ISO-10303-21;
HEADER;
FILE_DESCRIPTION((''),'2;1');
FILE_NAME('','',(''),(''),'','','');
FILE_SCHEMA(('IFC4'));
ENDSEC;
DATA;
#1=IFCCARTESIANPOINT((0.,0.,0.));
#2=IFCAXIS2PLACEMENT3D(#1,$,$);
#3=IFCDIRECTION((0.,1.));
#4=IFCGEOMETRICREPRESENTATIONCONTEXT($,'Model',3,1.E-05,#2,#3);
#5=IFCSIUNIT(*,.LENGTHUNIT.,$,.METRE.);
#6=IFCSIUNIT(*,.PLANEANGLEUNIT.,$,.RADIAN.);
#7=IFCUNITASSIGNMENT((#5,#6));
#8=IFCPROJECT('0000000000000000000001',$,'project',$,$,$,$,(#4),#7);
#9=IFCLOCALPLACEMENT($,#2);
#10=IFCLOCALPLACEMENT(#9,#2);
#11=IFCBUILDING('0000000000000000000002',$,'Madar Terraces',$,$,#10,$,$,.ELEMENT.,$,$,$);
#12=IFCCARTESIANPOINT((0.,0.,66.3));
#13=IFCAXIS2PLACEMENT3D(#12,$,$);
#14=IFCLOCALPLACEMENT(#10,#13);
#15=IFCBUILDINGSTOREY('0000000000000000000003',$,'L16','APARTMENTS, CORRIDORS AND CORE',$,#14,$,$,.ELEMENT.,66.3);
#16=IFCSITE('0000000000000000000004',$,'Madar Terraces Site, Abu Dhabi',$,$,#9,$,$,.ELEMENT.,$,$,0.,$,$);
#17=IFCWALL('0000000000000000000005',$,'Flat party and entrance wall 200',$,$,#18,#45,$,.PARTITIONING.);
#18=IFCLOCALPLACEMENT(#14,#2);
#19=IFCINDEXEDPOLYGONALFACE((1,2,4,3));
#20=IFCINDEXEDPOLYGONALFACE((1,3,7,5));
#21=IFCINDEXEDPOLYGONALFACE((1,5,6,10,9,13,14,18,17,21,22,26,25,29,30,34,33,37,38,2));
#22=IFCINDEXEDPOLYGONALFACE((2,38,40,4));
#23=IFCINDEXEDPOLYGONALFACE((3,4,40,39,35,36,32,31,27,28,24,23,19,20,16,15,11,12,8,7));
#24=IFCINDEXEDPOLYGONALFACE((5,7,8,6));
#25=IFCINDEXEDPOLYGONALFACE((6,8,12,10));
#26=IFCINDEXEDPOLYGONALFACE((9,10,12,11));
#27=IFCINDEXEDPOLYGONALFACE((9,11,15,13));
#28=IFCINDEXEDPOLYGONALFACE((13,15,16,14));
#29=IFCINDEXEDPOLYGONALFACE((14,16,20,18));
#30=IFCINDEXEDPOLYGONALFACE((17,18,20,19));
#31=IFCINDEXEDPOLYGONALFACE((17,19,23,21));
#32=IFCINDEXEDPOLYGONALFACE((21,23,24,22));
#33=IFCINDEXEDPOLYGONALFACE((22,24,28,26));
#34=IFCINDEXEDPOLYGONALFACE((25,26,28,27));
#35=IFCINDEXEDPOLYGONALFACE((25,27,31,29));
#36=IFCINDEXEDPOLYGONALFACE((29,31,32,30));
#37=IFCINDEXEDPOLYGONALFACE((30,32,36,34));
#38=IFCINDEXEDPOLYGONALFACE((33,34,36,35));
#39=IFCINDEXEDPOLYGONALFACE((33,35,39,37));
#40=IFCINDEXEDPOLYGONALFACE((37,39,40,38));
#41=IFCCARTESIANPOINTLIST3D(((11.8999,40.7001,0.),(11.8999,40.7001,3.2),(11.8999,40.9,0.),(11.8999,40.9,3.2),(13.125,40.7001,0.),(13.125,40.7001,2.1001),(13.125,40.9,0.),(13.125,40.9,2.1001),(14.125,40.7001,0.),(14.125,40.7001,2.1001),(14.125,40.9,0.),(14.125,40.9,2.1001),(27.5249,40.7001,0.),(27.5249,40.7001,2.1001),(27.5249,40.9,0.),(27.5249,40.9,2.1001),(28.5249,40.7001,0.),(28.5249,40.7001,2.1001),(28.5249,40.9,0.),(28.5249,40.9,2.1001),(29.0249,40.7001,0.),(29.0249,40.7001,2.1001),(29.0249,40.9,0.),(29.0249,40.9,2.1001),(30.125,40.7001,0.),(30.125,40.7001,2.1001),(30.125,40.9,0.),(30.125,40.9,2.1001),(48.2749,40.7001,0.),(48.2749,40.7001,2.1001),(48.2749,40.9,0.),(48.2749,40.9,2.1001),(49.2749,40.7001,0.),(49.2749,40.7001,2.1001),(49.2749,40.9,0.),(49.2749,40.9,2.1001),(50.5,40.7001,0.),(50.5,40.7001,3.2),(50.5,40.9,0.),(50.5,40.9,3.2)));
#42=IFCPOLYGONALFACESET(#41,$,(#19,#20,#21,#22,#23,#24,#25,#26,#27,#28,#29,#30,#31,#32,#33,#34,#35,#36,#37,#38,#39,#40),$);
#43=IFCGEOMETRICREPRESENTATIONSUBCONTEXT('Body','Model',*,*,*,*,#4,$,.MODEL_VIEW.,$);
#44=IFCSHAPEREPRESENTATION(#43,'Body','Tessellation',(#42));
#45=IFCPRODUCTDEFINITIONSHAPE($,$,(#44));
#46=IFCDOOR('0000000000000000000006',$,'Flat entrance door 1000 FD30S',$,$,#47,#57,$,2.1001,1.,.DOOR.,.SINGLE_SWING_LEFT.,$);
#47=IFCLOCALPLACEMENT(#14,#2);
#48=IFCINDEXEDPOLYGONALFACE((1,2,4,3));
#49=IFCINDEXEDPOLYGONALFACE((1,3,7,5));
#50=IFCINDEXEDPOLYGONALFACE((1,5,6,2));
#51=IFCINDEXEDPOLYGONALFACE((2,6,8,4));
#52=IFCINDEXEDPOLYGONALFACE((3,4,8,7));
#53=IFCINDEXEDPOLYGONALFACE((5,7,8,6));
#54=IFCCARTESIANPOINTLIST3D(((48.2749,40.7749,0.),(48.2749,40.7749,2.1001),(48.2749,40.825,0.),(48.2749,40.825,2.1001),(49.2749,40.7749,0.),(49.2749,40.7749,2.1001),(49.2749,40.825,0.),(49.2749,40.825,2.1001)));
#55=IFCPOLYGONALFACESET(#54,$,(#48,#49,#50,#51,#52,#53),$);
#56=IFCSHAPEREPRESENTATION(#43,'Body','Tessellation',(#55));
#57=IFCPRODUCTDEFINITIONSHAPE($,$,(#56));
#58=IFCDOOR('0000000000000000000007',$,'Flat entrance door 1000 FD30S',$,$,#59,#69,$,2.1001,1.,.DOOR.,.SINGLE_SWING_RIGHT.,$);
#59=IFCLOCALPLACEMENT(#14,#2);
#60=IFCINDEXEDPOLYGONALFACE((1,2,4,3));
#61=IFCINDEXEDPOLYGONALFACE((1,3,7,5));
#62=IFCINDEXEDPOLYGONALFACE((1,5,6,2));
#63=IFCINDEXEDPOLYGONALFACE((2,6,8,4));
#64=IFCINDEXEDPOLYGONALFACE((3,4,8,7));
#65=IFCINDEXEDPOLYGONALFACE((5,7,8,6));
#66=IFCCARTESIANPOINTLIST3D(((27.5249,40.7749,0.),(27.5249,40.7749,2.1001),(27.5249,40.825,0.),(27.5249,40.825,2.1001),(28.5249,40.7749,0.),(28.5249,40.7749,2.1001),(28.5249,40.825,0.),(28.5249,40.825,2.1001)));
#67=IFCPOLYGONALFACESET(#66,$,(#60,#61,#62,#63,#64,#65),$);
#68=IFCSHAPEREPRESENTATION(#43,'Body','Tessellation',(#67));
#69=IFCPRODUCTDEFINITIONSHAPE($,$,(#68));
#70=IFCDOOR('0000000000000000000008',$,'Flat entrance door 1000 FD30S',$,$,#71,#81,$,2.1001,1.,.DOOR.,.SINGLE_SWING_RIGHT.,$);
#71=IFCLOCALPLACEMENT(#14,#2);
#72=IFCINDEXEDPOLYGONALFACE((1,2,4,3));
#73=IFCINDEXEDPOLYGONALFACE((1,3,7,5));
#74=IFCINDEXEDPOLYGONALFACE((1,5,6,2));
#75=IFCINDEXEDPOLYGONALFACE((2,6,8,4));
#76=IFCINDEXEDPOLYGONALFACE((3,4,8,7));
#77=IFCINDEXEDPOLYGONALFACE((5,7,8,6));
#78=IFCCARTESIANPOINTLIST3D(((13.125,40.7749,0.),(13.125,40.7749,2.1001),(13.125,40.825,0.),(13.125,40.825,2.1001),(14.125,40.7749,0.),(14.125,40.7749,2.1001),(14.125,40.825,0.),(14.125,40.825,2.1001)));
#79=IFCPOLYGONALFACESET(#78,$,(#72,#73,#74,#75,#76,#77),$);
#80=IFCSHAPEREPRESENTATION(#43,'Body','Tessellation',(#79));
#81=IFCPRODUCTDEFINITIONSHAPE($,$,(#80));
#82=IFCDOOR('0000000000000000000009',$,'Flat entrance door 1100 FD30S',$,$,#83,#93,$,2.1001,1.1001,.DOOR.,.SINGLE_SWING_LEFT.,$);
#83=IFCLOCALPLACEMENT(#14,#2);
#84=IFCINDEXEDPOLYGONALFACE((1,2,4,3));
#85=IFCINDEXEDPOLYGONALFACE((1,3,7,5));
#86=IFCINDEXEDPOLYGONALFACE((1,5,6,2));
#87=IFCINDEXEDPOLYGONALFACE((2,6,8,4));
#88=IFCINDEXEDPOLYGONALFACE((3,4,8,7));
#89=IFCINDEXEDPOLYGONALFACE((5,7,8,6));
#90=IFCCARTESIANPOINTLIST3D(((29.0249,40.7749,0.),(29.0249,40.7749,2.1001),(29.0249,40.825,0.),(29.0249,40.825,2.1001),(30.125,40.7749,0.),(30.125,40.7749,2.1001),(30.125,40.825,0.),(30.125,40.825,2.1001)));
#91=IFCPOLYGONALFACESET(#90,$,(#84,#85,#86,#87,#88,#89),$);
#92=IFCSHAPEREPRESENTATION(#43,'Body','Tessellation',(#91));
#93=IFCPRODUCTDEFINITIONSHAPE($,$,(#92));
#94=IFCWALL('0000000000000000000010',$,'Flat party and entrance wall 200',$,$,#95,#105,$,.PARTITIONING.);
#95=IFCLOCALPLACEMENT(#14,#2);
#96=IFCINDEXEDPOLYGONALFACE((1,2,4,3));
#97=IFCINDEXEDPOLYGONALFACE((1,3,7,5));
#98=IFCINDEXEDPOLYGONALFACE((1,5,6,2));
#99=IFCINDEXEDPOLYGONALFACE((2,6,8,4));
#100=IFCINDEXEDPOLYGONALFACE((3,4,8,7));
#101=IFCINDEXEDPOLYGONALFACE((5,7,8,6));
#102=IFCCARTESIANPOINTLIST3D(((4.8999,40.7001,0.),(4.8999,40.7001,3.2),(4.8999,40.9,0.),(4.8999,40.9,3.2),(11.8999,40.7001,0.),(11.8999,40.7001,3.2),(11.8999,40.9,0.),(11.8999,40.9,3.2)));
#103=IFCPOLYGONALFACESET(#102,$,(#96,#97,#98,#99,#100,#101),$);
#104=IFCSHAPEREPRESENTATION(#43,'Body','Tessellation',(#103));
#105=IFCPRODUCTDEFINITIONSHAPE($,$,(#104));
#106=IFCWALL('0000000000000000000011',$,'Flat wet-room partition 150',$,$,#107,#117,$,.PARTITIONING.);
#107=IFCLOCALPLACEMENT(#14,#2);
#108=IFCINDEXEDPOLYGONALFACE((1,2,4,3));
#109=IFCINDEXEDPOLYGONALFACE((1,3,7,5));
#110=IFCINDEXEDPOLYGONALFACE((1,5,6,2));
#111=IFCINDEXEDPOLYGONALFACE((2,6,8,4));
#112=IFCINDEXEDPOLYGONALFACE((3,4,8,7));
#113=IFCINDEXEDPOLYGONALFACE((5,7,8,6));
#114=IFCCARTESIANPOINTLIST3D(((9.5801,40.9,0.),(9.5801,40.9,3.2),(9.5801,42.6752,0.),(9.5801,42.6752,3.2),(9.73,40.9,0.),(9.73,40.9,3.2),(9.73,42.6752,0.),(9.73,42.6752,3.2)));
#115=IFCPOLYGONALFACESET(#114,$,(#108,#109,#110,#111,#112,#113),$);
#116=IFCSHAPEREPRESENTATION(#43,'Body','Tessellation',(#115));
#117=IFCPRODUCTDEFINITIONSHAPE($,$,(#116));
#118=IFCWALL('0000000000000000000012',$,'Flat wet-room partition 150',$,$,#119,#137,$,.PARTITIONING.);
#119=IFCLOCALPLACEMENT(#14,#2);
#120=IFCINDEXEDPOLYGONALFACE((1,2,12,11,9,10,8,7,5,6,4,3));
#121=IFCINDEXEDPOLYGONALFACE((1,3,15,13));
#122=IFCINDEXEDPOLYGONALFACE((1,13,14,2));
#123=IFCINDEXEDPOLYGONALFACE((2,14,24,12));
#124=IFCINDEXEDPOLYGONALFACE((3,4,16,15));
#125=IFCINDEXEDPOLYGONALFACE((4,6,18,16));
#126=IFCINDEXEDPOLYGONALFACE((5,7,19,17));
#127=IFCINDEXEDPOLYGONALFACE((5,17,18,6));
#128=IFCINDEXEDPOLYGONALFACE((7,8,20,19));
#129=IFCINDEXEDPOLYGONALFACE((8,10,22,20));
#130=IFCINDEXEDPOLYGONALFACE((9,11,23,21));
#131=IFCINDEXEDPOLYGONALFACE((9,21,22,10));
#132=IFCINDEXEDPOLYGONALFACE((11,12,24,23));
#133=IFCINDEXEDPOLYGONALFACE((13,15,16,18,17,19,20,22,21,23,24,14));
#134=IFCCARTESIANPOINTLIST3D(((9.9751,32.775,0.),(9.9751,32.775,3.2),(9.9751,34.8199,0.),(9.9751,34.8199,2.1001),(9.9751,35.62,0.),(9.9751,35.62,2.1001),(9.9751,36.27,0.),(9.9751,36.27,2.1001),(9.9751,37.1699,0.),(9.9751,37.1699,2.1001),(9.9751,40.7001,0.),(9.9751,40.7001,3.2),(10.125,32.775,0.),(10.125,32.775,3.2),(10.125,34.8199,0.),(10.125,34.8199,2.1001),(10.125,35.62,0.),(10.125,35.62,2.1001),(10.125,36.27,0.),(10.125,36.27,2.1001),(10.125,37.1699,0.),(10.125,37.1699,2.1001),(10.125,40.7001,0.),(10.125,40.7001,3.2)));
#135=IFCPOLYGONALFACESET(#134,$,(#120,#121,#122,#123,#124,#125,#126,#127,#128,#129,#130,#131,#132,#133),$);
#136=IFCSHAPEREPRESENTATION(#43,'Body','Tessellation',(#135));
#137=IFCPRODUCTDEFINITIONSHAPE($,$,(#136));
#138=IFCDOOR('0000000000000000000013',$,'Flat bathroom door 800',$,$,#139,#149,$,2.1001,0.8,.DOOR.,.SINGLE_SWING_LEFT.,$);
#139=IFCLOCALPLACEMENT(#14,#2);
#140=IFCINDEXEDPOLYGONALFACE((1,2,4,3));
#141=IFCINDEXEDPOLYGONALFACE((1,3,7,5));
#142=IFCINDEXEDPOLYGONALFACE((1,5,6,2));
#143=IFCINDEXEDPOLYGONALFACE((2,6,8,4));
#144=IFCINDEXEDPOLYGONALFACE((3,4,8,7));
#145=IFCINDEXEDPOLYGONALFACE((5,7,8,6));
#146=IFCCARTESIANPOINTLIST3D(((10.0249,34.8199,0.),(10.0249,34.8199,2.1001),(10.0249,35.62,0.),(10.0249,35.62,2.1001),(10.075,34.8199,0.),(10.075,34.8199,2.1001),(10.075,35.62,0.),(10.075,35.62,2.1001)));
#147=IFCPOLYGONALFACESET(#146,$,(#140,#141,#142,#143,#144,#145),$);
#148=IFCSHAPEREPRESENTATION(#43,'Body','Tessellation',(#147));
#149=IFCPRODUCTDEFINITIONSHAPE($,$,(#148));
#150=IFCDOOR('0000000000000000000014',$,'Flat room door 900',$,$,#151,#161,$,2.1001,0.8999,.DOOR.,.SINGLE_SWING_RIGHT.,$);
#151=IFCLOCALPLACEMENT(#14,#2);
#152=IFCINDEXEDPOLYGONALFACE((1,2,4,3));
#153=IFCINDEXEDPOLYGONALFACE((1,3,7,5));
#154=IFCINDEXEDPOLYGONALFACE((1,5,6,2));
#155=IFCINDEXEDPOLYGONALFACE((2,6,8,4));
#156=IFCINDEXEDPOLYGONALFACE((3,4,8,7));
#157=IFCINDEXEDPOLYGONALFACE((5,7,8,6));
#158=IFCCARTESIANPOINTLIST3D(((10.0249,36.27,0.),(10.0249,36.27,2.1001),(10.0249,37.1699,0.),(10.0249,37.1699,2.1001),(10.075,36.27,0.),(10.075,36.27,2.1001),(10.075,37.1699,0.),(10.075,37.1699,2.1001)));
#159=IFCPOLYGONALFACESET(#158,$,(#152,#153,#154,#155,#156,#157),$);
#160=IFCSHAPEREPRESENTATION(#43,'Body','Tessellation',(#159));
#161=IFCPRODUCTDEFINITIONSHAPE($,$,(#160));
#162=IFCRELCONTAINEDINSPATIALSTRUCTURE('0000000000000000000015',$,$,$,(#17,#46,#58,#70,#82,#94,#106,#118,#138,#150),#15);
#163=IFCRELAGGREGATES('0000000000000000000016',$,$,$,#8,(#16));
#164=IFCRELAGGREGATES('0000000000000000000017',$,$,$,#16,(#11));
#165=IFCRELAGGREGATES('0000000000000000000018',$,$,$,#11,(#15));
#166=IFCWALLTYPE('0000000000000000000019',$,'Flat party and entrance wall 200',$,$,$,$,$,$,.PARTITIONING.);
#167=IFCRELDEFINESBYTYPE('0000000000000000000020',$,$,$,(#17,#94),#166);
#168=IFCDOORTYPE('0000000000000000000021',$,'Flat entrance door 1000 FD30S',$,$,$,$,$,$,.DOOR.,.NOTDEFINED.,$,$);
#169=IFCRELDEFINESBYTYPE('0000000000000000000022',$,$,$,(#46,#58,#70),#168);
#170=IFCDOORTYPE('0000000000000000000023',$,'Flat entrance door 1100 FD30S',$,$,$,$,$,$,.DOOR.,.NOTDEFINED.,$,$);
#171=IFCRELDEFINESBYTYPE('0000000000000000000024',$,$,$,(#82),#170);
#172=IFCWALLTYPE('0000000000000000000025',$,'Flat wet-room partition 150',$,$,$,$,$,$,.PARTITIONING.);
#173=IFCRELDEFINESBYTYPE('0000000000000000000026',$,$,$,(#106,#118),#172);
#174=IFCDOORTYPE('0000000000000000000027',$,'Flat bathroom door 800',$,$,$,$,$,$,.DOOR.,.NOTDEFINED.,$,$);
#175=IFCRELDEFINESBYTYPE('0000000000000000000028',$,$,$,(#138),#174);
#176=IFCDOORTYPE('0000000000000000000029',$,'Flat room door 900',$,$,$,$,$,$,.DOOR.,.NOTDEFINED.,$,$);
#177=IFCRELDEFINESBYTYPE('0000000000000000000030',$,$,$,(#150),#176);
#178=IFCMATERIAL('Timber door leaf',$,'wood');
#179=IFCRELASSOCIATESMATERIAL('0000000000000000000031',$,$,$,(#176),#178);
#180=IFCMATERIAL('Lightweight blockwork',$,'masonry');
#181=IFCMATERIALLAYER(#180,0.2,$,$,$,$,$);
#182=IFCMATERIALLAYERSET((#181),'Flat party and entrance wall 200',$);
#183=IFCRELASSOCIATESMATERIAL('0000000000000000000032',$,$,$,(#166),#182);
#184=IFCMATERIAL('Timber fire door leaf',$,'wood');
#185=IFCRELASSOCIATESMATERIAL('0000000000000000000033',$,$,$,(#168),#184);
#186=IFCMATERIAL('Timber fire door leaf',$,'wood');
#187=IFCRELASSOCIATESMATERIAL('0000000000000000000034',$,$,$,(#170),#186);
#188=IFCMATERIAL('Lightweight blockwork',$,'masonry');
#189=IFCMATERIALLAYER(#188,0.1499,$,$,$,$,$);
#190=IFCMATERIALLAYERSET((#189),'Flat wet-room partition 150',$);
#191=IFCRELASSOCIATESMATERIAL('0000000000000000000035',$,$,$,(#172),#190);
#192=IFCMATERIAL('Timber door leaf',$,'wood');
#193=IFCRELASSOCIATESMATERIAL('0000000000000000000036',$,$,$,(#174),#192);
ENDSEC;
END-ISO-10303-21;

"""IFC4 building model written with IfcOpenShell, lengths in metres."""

from ifc_helpers import new_model, si_unit, direction, frame, frame_2d, origin, place, context, subcontext, project, spatial, rectangle, extrude, material, layer, layer_set, type_object, element, fill, save


model = new_model("IFC4")

# Units and contexts
model_context = context("Model", 3, precision=1e-05, world=origin(), true_north=direction((0.0, 1.0)))
body_context = subcontext(model_context, "Body", "Model", "MODEL_VIEW")
ifc_project = project(units=[si_unit("LENGTHUNIT", "METRE"), si_unit("PLANEANGLEUNIT", "RADIAN")], contexts=[model_context])

# Site, building, storey
site_placement = place(None, origin())
site = spatial("IfcSite", under=ifc_project, at=site_placement, Name="Madar Terraces Site, Abu Dhabi", CompositionType="ELEMENT", RefElevation=0.0)
building_placement = place(site_placement, origin())
building = spatial("IfcBuilding", under=site, at=building_placement, Name="Madar Terraces", CompositionType="ELEMENT")
storey_placement = place(building_placement, frame((0.0, 0.0, 66.3)))
storey = spatial("IfcBuildingStorey", under=building, at=storey_placement, Name="L16", Description="APARTMENTS, CORRIDORS AND CORE", CompositionType="ELEMENT", Elevation=66.3)

# Wall, openings, doors
ifc_material_1 = material(Name="Timber door leaf", Category="wood")
door_type_1 = type_object("IfcDoorType", Name="Flat room door 900", OperationType="NOTDEFINED", PredefinedType="DOOR", material=ifc_material_1)
ifc_material_2 = material(Name="Lightweight blockwork", Category="masonry")
ifc_layer_1 = layer(ifc_material_2, 0.2)
ifc_layer_set_1 = layer_set([ifc_layer_1], Name="Flat party and entrance wall 200")
wall_type_1 = type_object("IfcWallType", Name="Flat party and entrance wall 200", PredefinedType="PARTITIONING", material=ifc_layer_set_1)
wall_1_placement = place(storey_placement, frame((11.8999, 40.8, 0.0), z_axis=(0.0, 0.0, 1.0), x_axis=(1.0, 0.0, 0.0)))
wall_1 = element("IfcWall", 1, at=wall_1_placement, inside=storey, type_object=wall_type_1, Name="Flat party and entrance wall 200", PredefinedType="PARTITIONING", context=body_context, shape_type="SweptSolid", body=[
    extrude(rectangle(XDim=38.6001, YDim=0.2, at=frame_2d((19.3, 0.0))), origin(), (0.0, 0.0, 1.0), 3.2),
])
opening_1_placement = place(wall_1_placement, frame((36.375, 0.0, 0.0)))
opening_1 = element("IfcOpeningElement", 2, at=opening_1_placement, cuts=wall_1, PredefinedType="OPENING", context=body_context, shape_type="SweptSolid", body=[
    extrude(rectangle(XDim=1.0, YDim=2.1001, at=frame_2d((0.5, 1.05))), frame((0.0, 0.1099, 0.0), z_axis=(0.0, -1.0, 0.0), x_axis=(1.0, 0.0, 0.0)), (0.0, 0.0, 1.0), 0.22),
])
opening_2_placement = place(wall_1_placement, frame((17.125, 0.0, 0.0)))
opening_2 = element("IfcOpeningElement", 3, at=opening_2_placement, cuts=wall_1, PredefinedType="OPENING", context=body_context, shape_type="SweptSolid", body=[
    extrude(rectangle(XDim=1.1001, YDim=2.1001, at=frame_2d((0.55, 1.05))), frame((0.0, 0.1099, 0.0), z_axis=(0.0, -1.0, 0.0), x_axis=(1.0, 0.0, 0.0)), (0.0, 0.0, 1.0), 0.22),
])
opening_3_placement = place(wall_1_placement, frame((15.625, 0.0, 0.0)))
opening_3 = element("IfcOpeningElement", 4, at=opening_3_placement, cuts=wall_1, PredefinedType="OPENING", context=body_context, shape_type="SweptSolid", body=[
    extrude(rectangle(XDim=1.0, YDim=2.1001, at=frame_2d((0.5, 1.05))), frame((0.0, 0.1099, 0.0), z_axis=(0.0, -1.0, 0.0), x_axis=(1.0, 0.0, 0.0)), (0.0, 0.0, 1.0), 0.22),
])
opening_4_placement = place(wall_1_placement, frame((1.2251, 0.0, 0.0)))
opening_4 = element("IfcOpeningElement", 5, at=opening_4_placement, cuts=wall_1, PredefinedType="OPENING", context=body_context, shape_type="SweptSolid", body=[
    extrude(rectangle(XDim=1.0, YDim=2.1001, at=frame_2d((0.5, 1.05))), frame((0.0, 0.1099, 0.0), z_axis=(0.0, -1.0, 0.0), x_axis=(1.0, 0.0, 0.0)), (0.0, 0.0, 1.0), 0.22),
])
ifc_material_3 = material(Name="Timber fire door leaf", Category="wood")
door_type_2 = type_object("IfcDoorType", Name="Flat entrance door 1000 FD30S", OperationType="NOTDEFINED", PredefinedType="DOOR", material=ifc_material_3)
door_1_placement = place(opening_1_placement, origin())
door_1 = element("IfcDoor", 6, at=door_1_placement, inside=storey, type_object=door_type_2, Name="Flat entrance door 1000 FD30S", OperationType="SINGLE_SWING_LEFT", OverallHeight=2.1001, OverallWidth=1.0, PredefinedType="DOOR", context=body_context, shape_type="SweptSolid", body=[
    extrude(rectangle(XDim=1.0, YDim=2.1001, at=frame_2d((0.5, 1.05))), frame((0.0, 0.0249, 0.0), z_axis=(0.0, -1.0, 0.0), x_axis=(1.0, 0.0, 0.0)), (0.0, 0.0, 1.0), 0.05),
])
fill(opening_1, door_1)
door_2_placement = place(opening_3_placement, origin())
door_2 = element("IfcDoor", 7, at=door_2_placement, inside=storey, type_object=door_type_2, Name="Flat entrance door 1000 FD30S", OperationType="SINGLE_SWING_RIGHT", OverallHeight=2.1001, OverallWidth=1.0, PredefinedType="DOOR", context=body_context, shape_type="SweptSolid", body=[
    extrude(rectangle(XDim=1.0, YDim=2.1001, at=frame_2d((0.5, 1.05))), frame((0.0, 0.0249, 0.0), z_axis=(0.0, -1.0, 0.0), x_axis=(1.0, 0.0, 0.0)), (0.0, 0.0, 1.0), 0.05),
])
fill(opening_3, door_2)
door_3_placement = place(opening_4_placement, origin())
door_3 = element("IfcDoor", 8, at=door_3_placement, inside=storey, type_object=door_type_2, Name="Flat entrance door 1000 FD30S", OperationType="SINGLE_SWING_RIGHT", OverallHeight=2.1001, OverallWidth=1.0, PredefinedType="DOOR", context=body_context, shape_type="SweptSolid", body=[
    extrude(rectangle(XDim=1.0, YDim=2.1001, at=frame_2d((0.5, 1.05))), frame((0.0, 0.0249, 0.0), z_axis=(0.0, -1.0, 0.0), x_axis=(1.0, 0.0, 0.0)), (0.0, 0.0, 1.0), 0.05),
])
fill(opening_4, door_3)
ifc_material_4 = material(Name="Timber fire door leaf", Category="wood")
door_type_3 = type_object("IfcDoorType", Name="Flat entrance door 1100 FD30S", OperationType="NOTDEFINED", PredefinedType="DOOR", material=ifc_material_4)
door_4_placement = place(opening_2_placement, origin())
door_4 = element("IfcDoor", 9, at=door_4_placement, inside=storey, type_object=door_type_3, Name="Flat entrance door 1100 FD30S", OperationType="SINGLE_SWING_LEFT", OverallHeight=2.1001, OverallWidth=1.1001, PredefinedType="DOOR", context=body_context, shape_type="SweptSolid", body=[
    extrude(rectangle(XDim=1.1001, YDim=2.1001, at=frame_2d((0.55, 1.05))), frame((0.0, 0.0249, 0.0), z_axis=(0.0, -1.0, 0.0), x_axis=(1.0, 0.0, 0.0)), (0.0, 0.0, 1.0), 0.05),
])
fill(opening_2, door_4)

# Walls
wall_2_placement = place(storey_placement, frame((4.8999, 40.8, 0.0), z_axis=(0.0, 0.0, 1.0), x_axis=(1.0, 0.0, 0.0)))
element("IfcWall", 10, at=wall_2_placement, inside=storey, type_object=wall_type_1, Name="Flat party and entrance wall 200", PredefinedType="PARTITIONING", context=body_context, shape_type="SweptSolid", body=[
    extrude(rectangle(XDim=7.0, YDim=0.2, at=frame_2d((3.5, 0.0))), origin(), (0.0, 0.0, 1.0), 3.2),
])
ifc_material_5 = material(Name="Lightweight blockwork", Category="masonry")
ifc_layer_2 = layer(ifc_material_5, 0.1499)
ifc_layer_set_2 = layer_set([ifc_layer_2], Name="Flat wet-room partition 150")
wall_type_2 = type_object("IfcWallType", Name="Flat wet-room partition 150", PredefinedType="PARTITIONING", material=ifc_layer_set_2)
wall_3_placement = place(storey_placement, frame((9.655, 40.8999, 0.0), z_axis=(0.0, 0.0, 1.0), x_axis=(0.0, 1.0, 0.0)))
element("IfcWall", 11, at=wall_3_placement, inside=storey, type_object=wall_type_2, Name="Flat wet-room partition 150", PredefinedType="PARTITIONING", context=body_context, shape_type="SweptSolid", body=[
    extrude(rectangle(XDim=1.7751, YDim=0.1499, at=frame_2d((0.8877, 0.0))), origin(), (0.0, 0.0, 1.0), 3.2),
])

# Wall, openings, doors
wall_4_placement = place(storey_placement, frame((10.05, 40.7, 0.0), z_axis=(0.0, 0.0, 1.0), x_axis=(0.0, -1.0, 0.0)))
wall_4 = element("IfcWall", 12, at=wall_4_placement, inside=storey, type_object=wall_type_2, Name="Flat wet-room partition 150", PredefinedType="PARTITIONING", context=body_context, shape_type="SweptSolid", body=[
    extrude(rectangle(XDim=7.925, YDim=0.1499, at=frame_2d((3.9624, 0.0))), origin(), (0.0, 0.0, 1.0), 3.2),
])
opening_5_placement = place(wall_4_placement, frame((5.0801, 0.0, 0.0)))
opening_5 = element("IfcOpeningElement", 13, at=opening_5_placement, cuts=wall_4, PredefinedType="OPENING", context=body_context, shape_type="SweptSolid", body=[
    extrude(rectangle(XDim=0.8, YDim=2.1001, at=frame_2d((0.3999, 1.05))), frame((0.0, 0.085, 0.0), z_axis=(0.0, -1.0, 0.0), x_axis=(1.0, 0.0, 0.0)), (0.0, 0.0, 1.0), 0.1699),
])
opening_6_placement = place(wall_4_placement, frame((3.53, 0.0, 0.0)))
opening_6 = element("IfcOpeningElement", 14, at=opening_6_placement, cuts=wall_4, PredefinedType="OPENING", context=body_context, shape_type="SweptSolid", body=[
    extrude(rectangle(XDim=0.8999, YDim=2.1001, at=frame_2d((0.45, 1.05))), frame((0.0, 0.085, 0.0), z_axis=(0.0, -1.0, 0.0), x_axis=(1.0, 0.0, 0.0)), (0.0, 0.0, 1.0), 0.1699),
])
ifc_material_6 = material(Name="Timber door leaf", Category="wood")
door_type_4 = type_object("IfcDoorType", Name="Flat bathroom door 800", OperationType="NOTDEFINED", PredefinedType="DOOR", material=ifc_material_6)
door_5_placement = place(opening_5_placement, origin())
door_5 = element("IfcDoor", 15, at=door_5_placement, inside=storey, type_object=door_type_4, Name="Flat bathroom door 800", OperationType="SINGLE_SWING_LEFT", OverallHeight=2.1001, OverallWidth=0.8, PredefinedType="DOOR", context=body_context, shape_type="SweptSolid", body=[
    extrude(rectangle(XDim=0.8, YDim=2.1001, at=frame_2d((0.3999, 1.05))), frame((0.0, 0.0249, 0.0), z_axis=(0.0, -1.0, 0.0), x_axis=(1.0, 0.0, 0.0)), (0.0, 0.0, 1.0), 0.05),
])
fill(opening_5, door_5)
door_6_placement = place(opening_6_placement, origin())
door_6 = element("IfcDoor", 16, at=door_6_placement, inside=storey, type_object=door_type_1, Name="Flat room door 900", OperationType="SINGLE_SWING_RIGHT", OverallHeight=2.1001, OverallWidth=0.8999, PredefinedType="DOOR", context=body_context, shape_type="SweptSolid", body=[
    extrude(rectangle(XDim=0.8999, YDim=2.1001, at=frame_2d((0.45, 1.05))), frame((0.0, 0.0249, 0.0), z_axis=(0.0, -1.0, 0.0), x_axis=(1.0, 0.0, 0.0)), (0.0, 0.0, 1.0), 0.05),
])
fill(opening_6, door_6)

save(model, "model.ifc")
